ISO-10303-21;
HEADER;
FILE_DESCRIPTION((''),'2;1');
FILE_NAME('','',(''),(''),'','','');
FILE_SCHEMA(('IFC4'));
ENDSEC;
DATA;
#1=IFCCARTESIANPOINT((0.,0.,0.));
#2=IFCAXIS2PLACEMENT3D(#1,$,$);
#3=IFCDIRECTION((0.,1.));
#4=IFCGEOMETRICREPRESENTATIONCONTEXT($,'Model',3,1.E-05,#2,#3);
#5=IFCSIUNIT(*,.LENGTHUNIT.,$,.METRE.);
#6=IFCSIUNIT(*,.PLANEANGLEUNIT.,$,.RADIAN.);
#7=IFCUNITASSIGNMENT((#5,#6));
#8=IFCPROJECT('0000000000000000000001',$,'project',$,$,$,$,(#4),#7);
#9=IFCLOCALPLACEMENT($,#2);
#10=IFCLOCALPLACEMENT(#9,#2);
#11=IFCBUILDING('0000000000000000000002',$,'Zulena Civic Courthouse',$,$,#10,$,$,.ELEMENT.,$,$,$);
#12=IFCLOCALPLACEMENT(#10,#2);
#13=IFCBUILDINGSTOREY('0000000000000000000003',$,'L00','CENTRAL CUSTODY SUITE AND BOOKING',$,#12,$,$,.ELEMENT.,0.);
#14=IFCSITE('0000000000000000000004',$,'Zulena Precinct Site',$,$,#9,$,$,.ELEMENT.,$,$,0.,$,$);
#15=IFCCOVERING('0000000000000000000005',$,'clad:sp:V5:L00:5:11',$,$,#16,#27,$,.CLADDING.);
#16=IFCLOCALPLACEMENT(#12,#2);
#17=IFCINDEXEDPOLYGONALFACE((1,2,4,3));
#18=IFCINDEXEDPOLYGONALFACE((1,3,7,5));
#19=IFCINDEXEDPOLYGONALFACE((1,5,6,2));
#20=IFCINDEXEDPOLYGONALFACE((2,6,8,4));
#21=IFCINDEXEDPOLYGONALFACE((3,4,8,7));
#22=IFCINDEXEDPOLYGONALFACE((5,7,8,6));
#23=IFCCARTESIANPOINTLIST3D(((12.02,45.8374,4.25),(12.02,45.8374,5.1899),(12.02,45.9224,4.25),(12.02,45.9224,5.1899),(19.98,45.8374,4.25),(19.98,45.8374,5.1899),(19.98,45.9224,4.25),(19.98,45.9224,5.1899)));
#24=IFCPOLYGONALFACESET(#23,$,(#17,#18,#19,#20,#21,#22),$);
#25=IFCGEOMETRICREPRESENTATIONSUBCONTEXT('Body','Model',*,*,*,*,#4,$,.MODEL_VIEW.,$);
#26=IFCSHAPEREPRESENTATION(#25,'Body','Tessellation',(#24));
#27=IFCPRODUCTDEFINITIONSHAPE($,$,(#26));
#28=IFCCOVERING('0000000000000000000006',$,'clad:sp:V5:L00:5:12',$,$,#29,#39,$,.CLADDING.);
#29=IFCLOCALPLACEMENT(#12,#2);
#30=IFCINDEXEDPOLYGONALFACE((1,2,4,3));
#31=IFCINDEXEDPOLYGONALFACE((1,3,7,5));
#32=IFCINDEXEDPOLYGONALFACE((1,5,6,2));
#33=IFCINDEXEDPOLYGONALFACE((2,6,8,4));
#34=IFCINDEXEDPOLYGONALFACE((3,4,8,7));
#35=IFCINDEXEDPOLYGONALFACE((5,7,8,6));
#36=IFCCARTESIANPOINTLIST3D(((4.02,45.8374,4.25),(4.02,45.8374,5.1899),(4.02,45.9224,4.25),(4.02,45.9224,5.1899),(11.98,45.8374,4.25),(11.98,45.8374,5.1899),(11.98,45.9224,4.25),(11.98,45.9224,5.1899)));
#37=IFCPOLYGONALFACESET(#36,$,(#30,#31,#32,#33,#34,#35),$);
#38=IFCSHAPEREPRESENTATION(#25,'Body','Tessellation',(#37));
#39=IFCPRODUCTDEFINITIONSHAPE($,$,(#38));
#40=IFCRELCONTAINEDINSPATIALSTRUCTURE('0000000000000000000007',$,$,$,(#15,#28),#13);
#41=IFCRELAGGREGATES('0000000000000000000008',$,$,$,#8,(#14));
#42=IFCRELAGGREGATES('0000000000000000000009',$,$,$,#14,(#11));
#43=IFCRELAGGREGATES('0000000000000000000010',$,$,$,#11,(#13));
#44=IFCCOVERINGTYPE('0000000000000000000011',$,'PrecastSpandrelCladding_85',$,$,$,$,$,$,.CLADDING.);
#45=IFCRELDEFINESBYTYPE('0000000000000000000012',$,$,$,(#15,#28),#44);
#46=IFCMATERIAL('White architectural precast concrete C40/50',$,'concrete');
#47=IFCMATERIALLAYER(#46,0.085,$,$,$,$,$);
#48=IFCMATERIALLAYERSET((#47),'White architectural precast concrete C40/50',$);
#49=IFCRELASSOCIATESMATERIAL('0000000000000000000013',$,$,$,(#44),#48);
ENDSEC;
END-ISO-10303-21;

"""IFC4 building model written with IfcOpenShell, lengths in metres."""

from ifc_helpers import new_model, si_unit, direction, frame, origin, origin_2d, place, context, subcontext, project, spatial, rectangle, extrude, material, layer, layer_set, type_object, element, save


model = new_model("IFC4")

# Units and contexts
model_context = context("Model", 3, precision=1e-05, world=origin(), true_north=direction((0.0, 1.0)))
body_context = subcontext(model_context, "Body", "Model", "MODEL_VIEW")
ifc_project = project(units=[si_unit("LENGTHUNIT", "METRE"), si_unit("PLANEANGLEUNIT", "RADIAN")], contexts=[model_context])

# Site, building, storey
site_placement = place(None, origin())
site = spatial("IfcSite", under=ifc_project, at=site_placement, Name="Zulena Precinct Site", CompositionType="ELEMENT", RefElevation=0.0)
building_placement = place(site_placement, origin())
building = spatial("IfcBuilding", under=site, at=building_placement, Name="Zulena Civic Courthouse", CompositionType="ELEMENT")
storey_placement = place(building_placement, origin())
storey = spatial("IfcBuildingStorey", under=building, at=storey_placement, Name="L00", Description="CENTRAL CUSTODY SUITE AND BOOKING", CompositionType="ELEMENT", Elevation=0.0)

# Coverings
ifc_material_1 = material(Name="White architectural precast concrete C40/50", Category="concrete")
ifc_layer_1 = layer(ifc_material_1, 0.085)
ifc_layer_set_1 = layer_set([ifc_layer_1], Name="White architectural precast concrete C40/50")
covering_type = type_object("IfcCoveringType", Name="PrecastSpandrelCladding_85", PredefinedType="CLADDING", material=ifc_layer_set_1)
for number, where, z_axis, x_axis, name in (
    (1, (16.0, 45.8799, 4.25), (0.0, 0.0, 1.0), (-1.0, 0.0, 0.0), "clad:sp:V5:L00:5:11"),
    (2, (8.0, 45.8799, 4.25), (0.0, 0.0, 1.0), (-1.0, 0.0, 0.0), "clad:sp:V5:L00:5:12"),
):
    element("IfcCovering", number, at=place(storey_placement, frame(where, z_axis=z_axis, x_axis=x_axis)), inside=storey, type_object=covering_type, Name=name, PredefinedType="CLADDING", context=body_context, shape_type="SweptSolid", body=[
        extrude(rectangle(XDim=7.96, YDim=0.085, at=origin_2d()), origin(), (0.0, 0.0, 1.0), 0.9399),
    ])

save(model, "model.ifc")
